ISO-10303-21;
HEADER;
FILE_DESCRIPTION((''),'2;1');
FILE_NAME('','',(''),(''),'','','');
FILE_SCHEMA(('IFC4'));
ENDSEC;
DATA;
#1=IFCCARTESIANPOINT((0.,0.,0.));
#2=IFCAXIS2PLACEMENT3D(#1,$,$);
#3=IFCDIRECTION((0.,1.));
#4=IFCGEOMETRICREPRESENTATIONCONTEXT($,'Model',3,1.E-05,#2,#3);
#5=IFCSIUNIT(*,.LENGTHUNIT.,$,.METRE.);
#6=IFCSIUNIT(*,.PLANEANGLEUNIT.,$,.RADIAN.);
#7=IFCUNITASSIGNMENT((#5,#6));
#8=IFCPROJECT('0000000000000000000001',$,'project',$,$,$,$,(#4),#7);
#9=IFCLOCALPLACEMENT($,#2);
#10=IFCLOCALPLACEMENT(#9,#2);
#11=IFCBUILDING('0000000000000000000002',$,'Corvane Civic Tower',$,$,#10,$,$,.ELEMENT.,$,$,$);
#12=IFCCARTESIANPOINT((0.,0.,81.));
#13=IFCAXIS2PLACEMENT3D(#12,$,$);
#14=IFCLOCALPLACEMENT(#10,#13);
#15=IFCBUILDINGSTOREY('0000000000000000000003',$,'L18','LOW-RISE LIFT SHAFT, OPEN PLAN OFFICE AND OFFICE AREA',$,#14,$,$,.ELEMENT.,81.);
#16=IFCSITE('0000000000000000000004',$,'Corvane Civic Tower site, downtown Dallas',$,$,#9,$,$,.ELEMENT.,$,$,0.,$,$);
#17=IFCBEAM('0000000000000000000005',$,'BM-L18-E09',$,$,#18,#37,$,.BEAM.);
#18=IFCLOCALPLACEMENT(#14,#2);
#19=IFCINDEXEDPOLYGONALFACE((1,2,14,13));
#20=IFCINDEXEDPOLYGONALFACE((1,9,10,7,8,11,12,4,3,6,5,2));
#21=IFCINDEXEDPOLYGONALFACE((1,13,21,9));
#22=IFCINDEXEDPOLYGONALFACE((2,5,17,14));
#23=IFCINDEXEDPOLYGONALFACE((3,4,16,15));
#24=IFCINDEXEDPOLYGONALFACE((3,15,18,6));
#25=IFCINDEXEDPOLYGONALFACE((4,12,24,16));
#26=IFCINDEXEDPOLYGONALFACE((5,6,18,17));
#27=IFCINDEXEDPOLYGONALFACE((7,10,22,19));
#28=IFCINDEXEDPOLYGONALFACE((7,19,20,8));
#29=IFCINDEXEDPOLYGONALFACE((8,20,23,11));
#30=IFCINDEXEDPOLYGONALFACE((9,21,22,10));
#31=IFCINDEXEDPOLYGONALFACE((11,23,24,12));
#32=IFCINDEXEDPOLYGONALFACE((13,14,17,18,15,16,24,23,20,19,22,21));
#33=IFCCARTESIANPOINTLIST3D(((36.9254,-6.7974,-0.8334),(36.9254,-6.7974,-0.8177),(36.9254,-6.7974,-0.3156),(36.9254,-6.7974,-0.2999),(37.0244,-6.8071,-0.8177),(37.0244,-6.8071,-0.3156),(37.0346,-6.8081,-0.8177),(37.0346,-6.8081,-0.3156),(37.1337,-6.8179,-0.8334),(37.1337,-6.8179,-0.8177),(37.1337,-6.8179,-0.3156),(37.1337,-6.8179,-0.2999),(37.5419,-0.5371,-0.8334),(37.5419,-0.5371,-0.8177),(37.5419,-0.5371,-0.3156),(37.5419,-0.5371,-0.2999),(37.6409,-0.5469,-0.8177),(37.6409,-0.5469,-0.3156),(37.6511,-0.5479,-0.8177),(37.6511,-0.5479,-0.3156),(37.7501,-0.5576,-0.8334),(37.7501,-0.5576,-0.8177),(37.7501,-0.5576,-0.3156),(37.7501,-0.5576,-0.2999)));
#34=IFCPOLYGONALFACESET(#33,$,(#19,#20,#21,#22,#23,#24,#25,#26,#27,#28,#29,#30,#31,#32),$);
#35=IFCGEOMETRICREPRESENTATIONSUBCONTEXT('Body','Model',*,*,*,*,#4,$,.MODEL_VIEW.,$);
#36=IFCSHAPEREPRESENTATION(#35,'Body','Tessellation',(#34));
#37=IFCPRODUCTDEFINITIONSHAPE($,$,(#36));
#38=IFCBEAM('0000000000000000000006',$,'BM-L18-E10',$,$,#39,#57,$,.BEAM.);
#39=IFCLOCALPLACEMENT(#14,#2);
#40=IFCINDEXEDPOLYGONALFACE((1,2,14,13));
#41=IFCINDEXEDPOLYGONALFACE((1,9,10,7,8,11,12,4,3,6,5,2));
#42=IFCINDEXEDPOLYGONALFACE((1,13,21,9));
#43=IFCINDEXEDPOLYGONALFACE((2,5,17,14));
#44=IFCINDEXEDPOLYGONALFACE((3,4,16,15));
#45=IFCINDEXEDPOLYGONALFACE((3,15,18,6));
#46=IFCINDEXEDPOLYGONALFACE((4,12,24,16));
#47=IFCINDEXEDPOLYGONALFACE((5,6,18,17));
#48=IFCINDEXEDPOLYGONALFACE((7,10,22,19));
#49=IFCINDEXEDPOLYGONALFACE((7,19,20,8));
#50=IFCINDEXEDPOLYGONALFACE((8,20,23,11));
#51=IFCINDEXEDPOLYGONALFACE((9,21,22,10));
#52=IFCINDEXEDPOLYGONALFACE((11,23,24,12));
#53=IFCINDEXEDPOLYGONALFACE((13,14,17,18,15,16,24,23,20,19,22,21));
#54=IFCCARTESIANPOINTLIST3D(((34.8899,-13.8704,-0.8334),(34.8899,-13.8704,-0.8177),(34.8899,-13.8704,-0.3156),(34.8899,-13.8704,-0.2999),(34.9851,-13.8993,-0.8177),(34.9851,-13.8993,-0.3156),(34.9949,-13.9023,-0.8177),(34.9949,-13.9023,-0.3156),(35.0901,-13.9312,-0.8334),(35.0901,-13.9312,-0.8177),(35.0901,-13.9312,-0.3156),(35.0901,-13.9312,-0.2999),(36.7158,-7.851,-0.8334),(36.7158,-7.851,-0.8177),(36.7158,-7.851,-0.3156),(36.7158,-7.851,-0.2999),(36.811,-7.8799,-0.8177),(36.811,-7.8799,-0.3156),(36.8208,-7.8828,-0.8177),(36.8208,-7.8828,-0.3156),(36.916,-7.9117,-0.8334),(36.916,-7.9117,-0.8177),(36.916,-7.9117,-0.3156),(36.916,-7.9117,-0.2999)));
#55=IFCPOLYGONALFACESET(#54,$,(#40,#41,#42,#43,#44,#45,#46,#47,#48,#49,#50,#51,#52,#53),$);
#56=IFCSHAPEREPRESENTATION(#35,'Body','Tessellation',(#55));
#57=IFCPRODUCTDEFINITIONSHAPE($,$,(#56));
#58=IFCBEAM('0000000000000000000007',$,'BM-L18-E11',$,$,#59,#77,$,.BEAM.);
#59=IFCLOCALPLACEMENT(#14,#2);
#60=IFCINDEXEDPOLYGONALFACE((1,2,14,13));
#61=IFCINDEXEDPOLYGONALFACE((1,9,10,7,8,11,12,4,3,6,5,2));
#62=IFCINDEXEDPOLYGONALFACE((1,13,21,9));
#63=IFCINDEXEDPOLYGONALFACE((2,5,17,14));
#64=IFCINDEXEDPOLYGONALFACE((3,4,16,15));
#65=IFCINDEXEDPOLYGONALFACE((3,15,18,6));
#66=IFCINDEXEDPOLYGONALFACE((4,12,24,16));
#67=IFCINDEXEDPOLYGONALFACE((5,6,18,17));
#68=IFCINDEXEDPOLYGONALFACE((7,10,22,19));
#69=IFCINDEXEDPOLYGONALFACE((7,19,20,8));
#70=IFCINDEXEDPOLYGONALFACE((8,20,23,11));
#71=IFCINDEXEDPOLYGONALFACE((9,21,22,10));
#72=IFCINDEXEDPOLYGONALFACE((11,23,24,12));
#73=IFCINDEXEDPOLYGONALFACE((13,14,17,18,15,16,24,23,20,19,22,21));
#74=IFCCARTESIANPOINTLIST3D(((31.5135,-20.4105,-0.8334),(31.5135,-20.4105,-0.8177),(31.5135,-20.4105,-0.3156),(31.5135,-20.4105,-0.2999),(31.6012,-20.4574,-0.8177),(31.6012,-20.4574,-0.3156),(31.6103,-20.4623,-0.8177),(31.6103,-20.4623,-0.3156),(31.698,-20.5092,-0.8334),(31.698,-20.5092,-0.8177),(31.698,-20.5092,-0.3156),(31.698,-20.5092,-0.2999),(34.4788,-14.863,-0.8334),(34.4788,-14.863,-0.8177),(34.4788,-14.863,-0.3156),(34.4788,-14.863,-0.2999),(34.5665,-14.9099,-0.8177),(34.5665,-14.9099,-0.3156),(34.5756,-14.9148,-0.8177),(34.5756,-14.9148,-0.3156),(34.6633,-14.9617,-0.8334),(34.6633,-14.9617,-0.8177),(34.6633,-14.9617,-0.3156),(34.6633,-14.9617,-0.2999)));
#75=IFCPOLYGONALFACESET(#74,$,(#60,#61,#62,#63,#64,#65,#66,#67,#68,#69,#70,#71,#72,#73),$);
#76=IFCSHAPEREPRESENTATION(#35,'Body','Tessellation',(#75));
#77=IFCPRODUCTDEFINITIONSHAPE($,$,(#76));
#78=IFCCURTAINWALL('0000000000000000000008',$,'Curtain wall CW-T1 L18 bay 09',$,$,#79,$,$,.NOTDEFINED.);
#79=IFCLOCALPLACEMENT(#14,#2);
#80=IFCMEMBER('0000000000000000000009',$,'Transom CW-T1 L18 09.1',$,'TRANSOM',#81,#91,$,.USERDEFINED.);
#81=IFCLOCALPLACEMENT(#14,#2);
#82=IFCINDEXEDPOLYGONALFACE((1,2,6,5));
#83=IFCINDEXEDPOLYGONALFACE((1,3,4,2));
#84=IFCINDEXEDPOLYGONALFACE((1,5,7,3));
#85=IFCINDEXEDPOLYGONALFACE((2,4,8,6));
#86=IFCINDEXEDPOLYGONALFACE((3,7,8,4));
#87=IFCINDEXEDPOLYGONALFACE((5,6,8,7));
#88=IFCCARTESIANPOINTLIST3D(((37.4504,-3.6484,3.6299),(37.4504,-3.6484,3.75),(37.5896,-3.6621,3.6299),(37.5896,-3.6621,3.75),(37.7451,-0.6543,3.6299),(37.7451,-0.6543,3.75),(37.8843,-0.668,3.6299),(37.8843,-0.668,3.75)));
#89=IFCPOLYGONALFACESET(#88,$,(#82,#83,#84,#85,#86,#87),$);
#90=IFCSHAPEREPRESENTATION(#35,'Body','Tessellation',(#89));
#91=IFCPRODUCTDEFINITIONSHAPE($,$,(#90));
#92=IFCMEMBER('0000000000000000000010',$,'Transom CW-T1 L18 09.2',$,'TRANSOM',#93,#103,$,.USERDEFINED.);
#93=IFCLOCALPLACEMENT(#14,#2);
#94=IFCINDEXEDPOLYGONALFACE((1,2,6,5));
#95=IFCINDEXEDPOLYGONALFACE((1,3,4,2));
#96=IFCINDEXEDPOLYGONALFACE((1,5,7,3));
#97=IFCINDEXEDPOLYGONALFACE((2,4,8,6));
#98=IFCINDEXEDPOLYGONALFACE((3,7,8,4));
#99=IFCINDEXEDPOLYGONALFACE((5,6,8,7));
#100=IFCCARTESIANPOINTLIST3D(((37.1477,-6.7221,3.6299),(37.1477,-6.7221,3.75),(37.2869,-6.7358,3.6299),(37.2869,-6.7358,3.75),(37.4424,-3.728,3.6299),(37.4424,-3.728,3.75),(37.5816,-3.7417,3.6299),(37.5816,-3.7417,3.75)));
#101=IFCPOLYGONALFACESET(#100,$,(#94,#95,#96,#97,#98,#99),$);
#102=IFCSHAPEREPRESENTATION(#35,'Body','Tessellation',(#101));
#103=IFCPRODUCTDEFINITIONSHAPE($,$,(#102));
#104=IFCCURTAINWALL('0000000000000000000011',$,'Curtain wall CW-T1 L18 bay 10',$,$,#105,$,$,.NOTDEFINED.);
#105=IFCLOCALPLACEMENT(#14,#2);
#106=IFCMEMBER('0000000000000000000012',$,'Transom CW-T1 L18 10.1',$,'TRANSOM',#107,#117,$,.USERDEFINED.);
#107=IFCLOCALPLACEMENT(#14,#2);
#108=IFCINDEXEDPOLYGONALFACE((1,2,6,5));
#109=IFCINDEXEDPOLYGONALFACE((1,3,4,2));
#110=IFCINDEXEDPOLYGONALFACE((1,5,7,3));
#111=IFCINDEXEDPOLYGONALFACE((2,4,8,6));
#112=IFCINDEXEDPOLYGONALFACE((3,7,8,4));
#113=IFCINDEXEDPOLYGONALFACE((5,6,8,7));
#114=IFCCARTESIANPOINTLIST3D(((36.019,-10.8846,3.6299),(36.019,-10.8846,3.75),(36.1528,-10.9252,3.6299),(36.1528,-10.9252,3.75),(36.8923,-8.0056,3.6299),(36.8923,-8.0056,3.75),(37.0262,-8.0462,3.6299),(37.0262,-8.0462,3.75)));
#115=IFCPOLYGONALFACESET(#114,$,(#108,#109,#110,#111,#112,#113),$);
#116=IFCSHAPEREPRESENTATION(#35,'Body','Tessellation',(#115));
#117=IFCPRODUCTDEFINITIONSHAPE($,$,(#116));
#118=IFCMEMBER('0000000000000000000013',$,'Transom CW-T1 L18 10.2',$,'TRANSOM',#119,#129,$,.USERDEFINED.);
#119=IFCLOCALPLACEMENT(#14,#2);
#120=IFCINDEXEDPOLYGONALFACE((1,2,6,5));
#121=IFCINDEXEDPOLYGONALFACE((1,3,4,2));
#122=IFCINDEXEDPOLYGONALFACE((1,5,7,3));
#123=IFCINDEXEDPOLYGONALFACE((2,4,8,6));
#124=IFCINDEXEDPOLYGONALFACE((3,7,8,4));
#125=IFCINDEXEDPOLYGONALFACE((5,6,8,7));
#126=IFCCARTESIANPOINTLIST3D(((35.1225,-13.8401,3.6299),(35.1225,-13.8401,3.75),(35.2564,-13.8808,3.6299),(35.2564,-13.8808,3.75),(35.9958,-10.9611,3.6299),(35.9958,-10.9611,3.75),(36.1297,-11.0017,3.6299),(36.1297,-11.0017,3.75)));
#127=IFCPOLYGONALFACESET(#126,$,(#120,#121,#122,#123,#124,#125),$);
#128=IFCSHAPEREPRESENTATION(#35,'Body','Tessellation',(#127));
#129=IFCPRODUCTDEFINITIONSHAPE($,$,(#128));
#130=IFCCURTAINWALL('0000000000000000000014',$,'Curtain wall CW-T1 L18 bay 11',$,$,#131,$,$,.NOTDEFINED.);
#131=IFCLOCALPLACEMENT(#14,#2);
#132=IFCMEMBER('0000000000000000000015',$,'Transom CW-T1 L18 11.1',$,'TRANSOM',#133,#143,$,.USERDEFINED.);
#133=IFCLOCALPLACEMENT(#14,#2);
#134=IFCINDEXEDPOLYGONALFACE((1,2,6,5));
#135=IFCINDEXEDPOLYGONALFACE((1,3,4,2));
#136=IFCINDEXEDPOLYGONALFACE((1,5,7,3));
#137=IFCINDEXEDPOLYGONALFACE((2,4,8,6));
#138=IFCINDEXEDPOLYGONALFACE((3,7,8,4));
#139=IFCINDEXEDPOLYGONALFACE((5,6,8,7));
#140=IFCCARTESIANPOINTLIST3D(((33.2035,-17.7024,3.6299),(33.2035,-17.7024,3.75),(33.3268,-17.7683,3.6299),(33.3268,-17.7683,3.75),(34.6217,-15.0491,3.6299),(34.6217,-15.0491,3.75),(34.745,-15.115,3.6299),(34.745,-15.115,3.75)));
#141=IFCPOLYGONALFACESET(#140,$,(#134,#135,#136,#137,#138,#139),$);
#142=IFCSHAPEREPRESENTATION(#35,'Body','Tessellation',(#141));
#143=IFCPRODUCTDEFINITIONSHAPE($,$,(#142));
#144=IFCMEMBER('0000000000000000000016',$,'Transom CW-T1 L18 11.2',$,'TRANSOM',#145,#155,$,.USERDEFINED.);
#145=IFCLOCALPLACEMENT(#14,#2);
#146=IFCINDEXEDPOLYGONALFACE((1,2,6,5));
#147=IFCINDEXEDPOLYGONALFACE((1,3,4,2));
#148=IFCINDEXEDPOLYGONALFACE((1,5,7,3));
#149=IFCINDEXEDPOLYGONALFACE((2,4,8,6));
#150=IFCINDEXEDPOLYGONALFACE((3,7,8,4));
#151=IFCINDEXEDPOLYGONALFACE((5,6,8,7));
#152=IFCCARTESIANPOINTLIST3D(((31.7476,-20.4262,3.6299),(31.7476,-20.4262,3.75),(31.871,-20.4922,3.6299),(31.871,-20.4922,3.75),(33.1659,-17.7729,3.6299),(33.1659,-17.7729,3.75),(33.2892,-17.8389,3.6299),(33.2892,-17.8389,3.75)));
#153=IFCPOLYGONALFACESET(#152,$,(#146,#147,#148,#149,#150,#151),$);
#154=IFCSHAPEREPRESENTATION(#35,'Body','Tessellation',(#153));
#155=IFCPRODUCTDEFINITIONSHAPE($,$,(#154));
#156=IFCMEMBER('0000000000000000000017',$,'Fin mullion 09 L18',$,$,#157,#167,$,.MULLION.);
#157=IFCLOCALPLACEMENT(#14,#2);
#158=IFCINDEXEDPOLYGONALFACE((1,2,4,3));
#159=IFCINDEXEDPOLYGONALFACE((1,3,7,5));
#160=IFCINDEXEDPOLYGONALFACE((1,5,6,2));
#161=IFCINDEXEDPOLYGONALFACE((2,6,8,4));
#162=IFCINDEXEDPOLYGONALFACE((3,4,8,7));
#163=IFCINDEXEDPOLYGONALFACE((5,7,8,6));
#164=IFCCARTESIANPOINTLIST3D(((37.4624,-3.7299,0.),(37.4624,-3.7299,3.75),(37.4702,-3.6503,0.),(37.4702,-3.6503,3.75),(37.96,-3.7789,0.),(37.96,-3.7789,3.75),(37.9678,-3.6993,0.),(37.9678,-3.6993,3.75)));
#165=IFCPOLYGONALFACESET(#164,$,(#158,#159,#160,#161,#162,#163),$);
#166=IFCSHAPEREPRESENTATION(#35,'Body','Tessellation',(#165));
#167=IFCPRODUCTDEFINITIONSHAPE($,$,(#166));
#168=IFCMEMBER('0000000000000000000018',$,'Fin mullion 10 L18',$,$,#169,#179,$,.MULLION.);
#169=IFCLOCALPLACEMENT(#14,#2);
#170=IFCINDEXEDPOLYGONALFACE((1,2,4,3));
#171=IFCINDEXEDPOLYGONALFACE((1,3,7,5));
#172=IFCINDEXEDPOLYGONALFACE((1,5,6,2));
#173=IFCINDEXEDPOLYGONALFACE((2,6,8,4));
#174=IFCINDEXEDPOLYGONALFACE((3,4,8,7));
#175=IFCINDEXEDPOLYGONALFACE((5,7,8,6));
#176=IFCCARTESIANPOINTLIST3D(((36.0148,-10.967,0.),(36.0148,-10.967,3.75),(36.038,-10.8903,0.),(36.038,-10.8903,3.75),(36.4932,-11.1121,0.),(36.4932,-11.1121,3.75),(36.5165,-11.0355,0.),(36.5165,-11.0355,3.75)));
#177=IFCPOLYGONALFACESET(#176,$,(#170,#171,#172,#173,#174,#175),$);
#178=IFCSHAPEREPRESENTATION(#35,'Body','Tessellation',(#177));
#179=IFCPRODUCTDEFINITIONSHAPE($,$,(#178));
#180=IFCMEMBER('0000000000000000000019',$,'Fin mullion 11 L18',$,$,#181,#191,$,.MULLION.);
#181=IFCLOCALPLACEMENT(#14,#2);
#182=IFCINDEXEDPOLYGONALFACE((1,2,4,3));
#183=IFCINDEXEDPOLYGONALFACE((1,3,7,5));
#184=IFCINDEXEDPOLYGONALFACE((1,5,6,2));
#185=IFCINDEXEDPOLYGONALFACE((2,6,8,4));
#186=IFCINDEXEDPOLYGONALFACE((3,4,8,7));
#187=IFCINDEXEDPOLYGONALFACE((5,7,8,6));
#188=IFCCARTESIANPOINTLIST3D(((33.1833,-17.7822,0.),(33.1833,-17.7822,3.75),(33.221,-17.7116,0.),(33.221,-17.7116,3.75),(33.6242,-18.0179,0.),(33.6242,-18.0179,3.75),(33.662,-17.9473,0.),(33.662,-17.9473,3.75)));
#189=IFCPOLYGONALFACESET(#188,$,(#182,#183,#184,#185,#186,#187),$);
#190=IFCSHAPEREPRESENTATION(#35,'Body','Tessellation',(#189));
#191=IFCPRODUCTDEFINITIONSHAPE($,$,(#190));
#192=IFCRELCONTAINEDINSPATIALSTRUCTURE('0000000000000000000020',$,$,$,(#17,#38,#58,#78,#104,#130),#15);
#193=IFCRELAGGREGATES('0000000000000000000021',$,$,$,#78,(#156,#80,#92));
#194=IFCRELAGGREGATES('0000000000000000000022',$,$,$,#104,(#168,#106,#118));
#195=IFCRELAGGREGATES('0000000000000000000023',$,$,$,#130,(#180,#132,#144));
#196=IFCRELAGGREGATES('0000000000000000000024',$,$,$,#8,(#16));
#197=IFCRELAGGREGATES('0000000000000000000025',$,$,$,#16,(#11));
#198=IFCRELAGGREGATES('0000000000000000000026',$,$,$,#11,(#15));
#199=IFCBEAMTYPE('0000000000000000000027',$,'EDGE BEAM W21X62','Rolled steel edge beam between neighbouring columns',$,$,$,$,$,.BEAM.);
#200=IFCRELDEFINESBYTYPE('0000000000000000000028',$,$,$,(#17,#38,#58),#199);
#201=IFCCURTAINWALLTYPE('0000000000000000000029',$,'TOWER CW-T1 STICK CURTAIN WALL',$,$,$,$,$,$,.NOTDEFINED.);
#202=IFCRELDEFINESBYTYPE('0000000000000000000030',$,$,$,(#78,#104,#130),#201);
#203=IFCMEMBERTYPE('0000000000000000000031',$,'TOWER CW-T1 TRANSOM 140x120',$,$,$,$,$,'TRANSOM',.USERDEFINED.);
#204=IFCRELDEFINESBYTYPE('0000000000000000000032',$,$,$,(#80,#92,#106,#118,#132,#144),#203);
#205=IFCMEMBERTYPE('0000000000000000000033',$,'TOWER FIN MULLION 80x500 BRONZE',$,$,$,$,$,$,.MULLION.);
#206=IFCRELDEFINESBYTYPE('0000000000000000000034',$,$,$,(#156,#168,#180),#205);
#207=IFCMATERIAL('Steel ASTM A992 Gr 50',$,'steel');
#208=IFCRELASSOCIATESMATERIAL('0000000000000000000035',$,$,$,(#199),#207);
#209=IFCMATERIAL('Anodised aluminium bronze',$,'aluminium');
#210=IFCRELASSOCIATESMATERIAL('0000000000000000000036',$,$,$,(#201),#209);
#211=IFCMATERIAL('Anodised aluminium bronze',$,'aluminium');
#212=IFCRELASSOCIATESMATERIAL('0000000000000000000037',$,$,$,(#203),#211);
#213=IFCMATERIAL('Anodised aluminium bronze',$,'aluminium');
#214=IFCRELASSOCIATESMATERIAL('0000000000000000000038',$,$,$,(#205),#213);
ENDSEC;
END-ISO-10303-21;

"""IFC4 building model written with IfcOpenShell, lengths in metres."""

from ifc_helpers import new_model, si_unit, direction, frame, origin, origin_2d, place, context, subcontext, project, spatial, rectangle, i_section, extrude, material, material_profile, profile_set, type_object, element, aggregate, save


model = new_model("IFC4")

# Units and contexts
model_context = context("Model", 3, precision=1e-05, world=origin(), true_north=direction((0.0, 1.0)))
body_context = subcontext(model_context, "Body", "Model", "MODEL_VIEW")
ifc_project = project(units=[si_unit("LENGTHUNIT", "METRE"), si_unit("PLANEANGLEUNIT", "RADIAN")], contexts=[model_context])

# Site, building, storey
site_placement = place(None, origin())
site = spatial("IfcSite", under=ifc_project, at=site_placement, Name="Corvane Civic Tower site, downtown Dallas", CompositionType="ELEMENT", RefElevation=0.0)
building_placement = place(site_placement, origin())
building = spatial("IfcBuilding", under=site, at=building_placement, Name="Corvane Civic Tower", CompositionType="ELEMENT")
storey_placement = place(building_placement, frame((0.0, 0.0, 81.0)))
storey = spatial("IfcBuildingStorey", under=building, at=storey_placement, Name="L18", Description="LOW-RISE LIFT SHAFT, OPEN PLAN OFFICE AND OFFICE AREA", CompositionType="ELEMENT", Elevation=81.0)

# Beams
ifc_material_1 = material(Name="Steel ASTM A992 Gr 50", Category="steel")
ifc_material_profile_1 = material_profile(ifc_material_1, i_section(OverallWidth=0.2092, OverallDepth=0.5334, WebThickness=0.0103, FlangeThickness=0.0156, at=origin_2d()), Name="W21X62")
ifc_profile_set_1 = profile_set([ifc_material_profile_1], Name="Steel ASTM A992 Gr 50")
beam_type = type_object("IfcBeamType", Name="EDGE BEAM W21X62", Description="Rolled steel edge beam between neighbouring columns", PredefinedType="BEAM", material=ifc_profile_set_1)
beam_placement = place(storey_placement, frame((37.646, -0.5474, -0.5667), z_axis=(-0.097997, -0.995187, 0.0), x_axis=(0.995187, -0.097997, 0.0)))
element("IfcBeam", 1, at=beam_placement, inside=storey, type_object=beam_type, Name="BM-L18-E09", PredefinedType="BEAM", context=body_context, shape_type="SweptSolid", body=[
    extrude(i_section(OverallWidth=0.2092, OverallDepth=0.5334, WebThickness=0.0103, FlangeThickness=0.0156, at=origin_2d()), origin(), (0.0, 0.0, 1.0), 6.2905),
])
for number, where, z_axis, x_axis, name in (
    (2, (36.8159, -7.8813, -0.5667), (-0.290273, -0.956944, 0.0), (0.956944, -0.290273, 0.0), "BM-L18-E10"),
    (3, (34.571, -14.9124, -0.5667), (-0.471406, -0.881916, 0.0), (0.881916, -0.471406, 0.0), "BM-L18-E11"),
):
    element("IfcBeam", number, at=place(storey_placement, frame(where, z_axis=z_axis, x_axis=x_axis)), inside=storey, type_object=beam_type, Name=name, PredefinedType="BEAM", context=body_context, shape_type="SweptSolid", body=[
        extrude(i_section(OverallWidth=0.2092, OverallDepth=0.5334, WebThickness=0.0103, FlangeThickness=0.0156, at=origin_2d()), origin(), (0.0, 0.0, 1.0), 6.2903),
    ])

# Curtain walls, members
ifc_material_2 = material(Name="Anodised aluminium bronze", Category="aluminium")
curtain_wall_type = type_object("IfcCurtainWallType", Name="TOWER CW-T1 STICK CURTAIN WALL", PredefinedType="NOTDEFINED", material=ifc_material_2)
curtain_wall_1_placement = place(storey_placement, origin())
curtain_wall_1 = element("IfcCurtainWall", 4, at=curtain_wall_1_placement, inside=storey, type_object=curtain_wall_type, Name="Curtain wall CW-T1 L18 bay 09", PredefinedType="NOTDEFINED")
ifc_material_3 = material(Name="Anodised aluminium bronze", Category="aluminium")
ifc_material_profile_2 = material_profile(ifc_material_3, rectangle(XDim=0.1399, YDim=0.1201, at=origin_2d()), Name="TOWER CW-T1 TRANSOM 140x120")
ifc_profile_set_2 = profile_set([ifc_material_profile_2], Name="Anodised aluminium bronze")
member_type_1 = type_object("IfcMemberType", Name="TOWER CW-T1 TRANSOM 140x120", ElementType="TRANSOM", PredefinedType="USERDEFINED", material=ifc_profile_set_2)
member_1_placement = place(storey_placement, frame((37.8147, -0.6611, 3.6899), z_axis=(-0.097945, -0.995192, 0.0), x_axis=(0.995192, -0.097945, 0.0)))
member_1 = element("IfcMember", 5, at=member_1_placement, type_object=member_type_1, Name="Transom CW-T1 L18 09.1", ObjectType="TRANSOM", PredefinedType="USERDEFINED", context=body_context, shape_type="SweptSolid", body=[
    extrude(rectangle(XDim=0.1399, YDim=0.1201, at=origin_2d()), origin(), (0.0, 0.0, 1.0), 3.0085),
])
member_2_placement = place(storey_placement, frame((37.512, -3.7349, 3.6899), z_axis=(-0.097945, -0.995192, 0.0), x_axis=(0.995192, -0.097945, 0.0)))
member_2 = element("IfcMember", 6, at=member_2_placement, type_object=member_type_1, Name="Transom CW-T1 L18 09.2", ObjectType="TRANSOM", PredefinedType="USERDEFINED", context=body_context, shape_type="SweptSolid", body=[
    extrude(rectangle(XDim=0.1399, YDim=0.1201, at=origin_2d()), origin(), (0.0, 0.0, 1.0), 3.0085),
])
curtain_wall_2_placement = place(storey_placement, origin())
curtain_wall_2 = element("IfcCurtainWall", 7, at=curtain_wall_2_placement, inside=storey, type_object=curtain_wall_type, Name="Curtain wall CW-T1 L18 bay 10", PredefinedType="NOTDEFINED")
member_3_placement = place(storey_placement, frame((36.9592, -8.0259, 3.6899), z_axis=(-0.29028, -0.956942, 0.0), x_axis=(0.956942, -0.29028, 0.0)))
member_3 = element("IfcMember", 8, at=member_3_placement, type_object=member_type_1, Name="Transom CW-T1 L18 10.1", ObjectType="TRANSOM", PredefinedType="USERDEFINED", context=body_context, shape_type="SweptSolid", body=[
    extrude(rectangle(XDim=0.1399, YDim=0.1201, at=origin_2d()), origin(), (0.0, 0.0, 1.0), 3.0085),
])
member_4_placement = place(storey_placement, frame((36.0627, -10.9814, 3.6899), z_axis=(-0.29028, -0.956942, 0.0), x_axis=(0.956942, -0.29028, 0.0)))
member_4 = element("IfcMember", 9, at=member_4_placement, type_object=member_type_1, Name="Transom CW-T1 L18 10.2", ObjectType="TRANSOM", PredefinedType="USERDEFINED", context=body_context, shape_type="SweptSolid", body=[
    extrude(rectangle(XDim=0.1399, YDim=0.1201, at=origin_2d()), origin(), (0.0, 0.0, 1.0), 3.0085),
])
curtain_wall_3_placement = place(storey_placement, origin())
curtain_wall_3 = element("IfcCurtainWall", 10, at=curtain_wall_3_placement, inside=storey, type_object=curtain_wall_type, Name="Curtain wall CW-T1 L18 bay 11", PredefinedType="NOTDEFINED")
member_5_placement = place(storey_placement, frame((34.6833, -15.082, 3.6899), z_axis=(-0.471393, -0.881924, 0.0), x_axis=(0.881924, -0.471393, 0.0)))
member_5 = element("IfcMember", 11, at=member_5_placement, type_object=member_type_1, Name="Transom CW-T1 L18 11.1", ObjectType="TRANSOM", PredefinedType="USERDEFINED", context=body_context, shape_type="SweptSolid", body=[
    extrude(rectangle(XDim=0.1399, YDim=0.1201, at=origin_2d()), origin(), (0.0, 0.0, 1.0), 3.0085),
])
member_6_placement = place(storey_placement, frame((33.2275, -17.8059, 3.6899), z_axis=(-0.471393, -0.881924, 0.0), x_axis=(0.881924, -0.471393, 0.0)))
member_6 = element("IfcMember", 12, at=member_6_placement, type_object=member_type_1, Name="Transom CW-T1 L18 11.2", ObjectType="TRANSOM", PredefinedType="USERDEFINED", context=body_context, shape_type="SweptSolid", body=[
    extrude(rectangle(XDim=0.1399, YDim=0.1201, at=origin_2d()), origin(), (0.0, 0.0, 1.0), 3.0085),
])

# Members
ifc_material_4 = material(Name="Anodised aluminium bronze", Category="aluminium")
ifc_material_profile_3 = material_profile(ifc_material_4, rectangle(XDim=0.0801, YDim=0.5, at=origin_2d()), Name="TOWER FIN MULLION 80x500 BRONZE")
ifc_profile_set_3 = profile_set([ifc_material_profile_3], Name="Anodised aluminium bronze")
member_type_2 = type_object("IfcMemberType", Name="TOWER FIN MULLION 80x500 BRONZE", PredefinedType="MULLION", material=ifc_profile_set_3)
member_7_placement = place(storey_placement, frame((37.7151, -3.7146, 0.0), z_axis=(0.0, 0.0, 1.0), x_axis=(-0.098006, -0.995186, 0.0)))
member_7 = element("IfcMember", 13, at=member_7_placement, type_object=member_type_2, Name="Fin mullion 09 L18", PredefinedType="MULLION", context=body_context, shape_type="SweptSolid", body=[
    extrude(rectangle(XDim=0.0801, YDim=0.5, at=origin_2d()), origin(), (0.0, 0.0, 1.0), 3.75),
])
member_8_placement = place(storey_placement, frame((36.2656, -11.0012, 0.0), z_axis=(0.0, 0.0, 1.0), x_axis=(-0.290278, -0.956942, 0.0)))
member_8 = element("IfcMember", 14, at=member_8_placement, type_object=member_type_2, Name="Fin mullion 10 L18", PredefinedType="MULLION", context=body_context, shape_type="SweptSolid", body=[
    extrude(rectangle(XDim=0.0801, YDim=0.5, at=origin_2d()), origin(), (0.0, 0.0, 1.0), 3.75),
])
member_9_placement = place(storey_placement, frame((33.4226, -17.8647, 0.0), z_axis=(0.0, 0.0, 1.0), x_axis=(-0.471404, -0.881918, 0.0)))
member_9 = element("IfcMember", 15, at=member_9_placement, type_object=member_type_2, Name="Fin mullion 11 L18", PredefinedType="MULLION", context=body_context, shape_type="SweptSolid", body=[
    extrude(rectangle(XDim=0.0801, YDim=0.5, at=origin_2d()), origin(), (0.0, 0.0, 1.0), 3.75),
])

aggregate(curtain_wall_1, [member_7, member_1, member_2])
aggregate(curtain_wall_2, [member_8, member_3, member_4])
aggregate(curtain_wall_3, [member_9, member_5, member_6])

save(model, "model.ifc")
